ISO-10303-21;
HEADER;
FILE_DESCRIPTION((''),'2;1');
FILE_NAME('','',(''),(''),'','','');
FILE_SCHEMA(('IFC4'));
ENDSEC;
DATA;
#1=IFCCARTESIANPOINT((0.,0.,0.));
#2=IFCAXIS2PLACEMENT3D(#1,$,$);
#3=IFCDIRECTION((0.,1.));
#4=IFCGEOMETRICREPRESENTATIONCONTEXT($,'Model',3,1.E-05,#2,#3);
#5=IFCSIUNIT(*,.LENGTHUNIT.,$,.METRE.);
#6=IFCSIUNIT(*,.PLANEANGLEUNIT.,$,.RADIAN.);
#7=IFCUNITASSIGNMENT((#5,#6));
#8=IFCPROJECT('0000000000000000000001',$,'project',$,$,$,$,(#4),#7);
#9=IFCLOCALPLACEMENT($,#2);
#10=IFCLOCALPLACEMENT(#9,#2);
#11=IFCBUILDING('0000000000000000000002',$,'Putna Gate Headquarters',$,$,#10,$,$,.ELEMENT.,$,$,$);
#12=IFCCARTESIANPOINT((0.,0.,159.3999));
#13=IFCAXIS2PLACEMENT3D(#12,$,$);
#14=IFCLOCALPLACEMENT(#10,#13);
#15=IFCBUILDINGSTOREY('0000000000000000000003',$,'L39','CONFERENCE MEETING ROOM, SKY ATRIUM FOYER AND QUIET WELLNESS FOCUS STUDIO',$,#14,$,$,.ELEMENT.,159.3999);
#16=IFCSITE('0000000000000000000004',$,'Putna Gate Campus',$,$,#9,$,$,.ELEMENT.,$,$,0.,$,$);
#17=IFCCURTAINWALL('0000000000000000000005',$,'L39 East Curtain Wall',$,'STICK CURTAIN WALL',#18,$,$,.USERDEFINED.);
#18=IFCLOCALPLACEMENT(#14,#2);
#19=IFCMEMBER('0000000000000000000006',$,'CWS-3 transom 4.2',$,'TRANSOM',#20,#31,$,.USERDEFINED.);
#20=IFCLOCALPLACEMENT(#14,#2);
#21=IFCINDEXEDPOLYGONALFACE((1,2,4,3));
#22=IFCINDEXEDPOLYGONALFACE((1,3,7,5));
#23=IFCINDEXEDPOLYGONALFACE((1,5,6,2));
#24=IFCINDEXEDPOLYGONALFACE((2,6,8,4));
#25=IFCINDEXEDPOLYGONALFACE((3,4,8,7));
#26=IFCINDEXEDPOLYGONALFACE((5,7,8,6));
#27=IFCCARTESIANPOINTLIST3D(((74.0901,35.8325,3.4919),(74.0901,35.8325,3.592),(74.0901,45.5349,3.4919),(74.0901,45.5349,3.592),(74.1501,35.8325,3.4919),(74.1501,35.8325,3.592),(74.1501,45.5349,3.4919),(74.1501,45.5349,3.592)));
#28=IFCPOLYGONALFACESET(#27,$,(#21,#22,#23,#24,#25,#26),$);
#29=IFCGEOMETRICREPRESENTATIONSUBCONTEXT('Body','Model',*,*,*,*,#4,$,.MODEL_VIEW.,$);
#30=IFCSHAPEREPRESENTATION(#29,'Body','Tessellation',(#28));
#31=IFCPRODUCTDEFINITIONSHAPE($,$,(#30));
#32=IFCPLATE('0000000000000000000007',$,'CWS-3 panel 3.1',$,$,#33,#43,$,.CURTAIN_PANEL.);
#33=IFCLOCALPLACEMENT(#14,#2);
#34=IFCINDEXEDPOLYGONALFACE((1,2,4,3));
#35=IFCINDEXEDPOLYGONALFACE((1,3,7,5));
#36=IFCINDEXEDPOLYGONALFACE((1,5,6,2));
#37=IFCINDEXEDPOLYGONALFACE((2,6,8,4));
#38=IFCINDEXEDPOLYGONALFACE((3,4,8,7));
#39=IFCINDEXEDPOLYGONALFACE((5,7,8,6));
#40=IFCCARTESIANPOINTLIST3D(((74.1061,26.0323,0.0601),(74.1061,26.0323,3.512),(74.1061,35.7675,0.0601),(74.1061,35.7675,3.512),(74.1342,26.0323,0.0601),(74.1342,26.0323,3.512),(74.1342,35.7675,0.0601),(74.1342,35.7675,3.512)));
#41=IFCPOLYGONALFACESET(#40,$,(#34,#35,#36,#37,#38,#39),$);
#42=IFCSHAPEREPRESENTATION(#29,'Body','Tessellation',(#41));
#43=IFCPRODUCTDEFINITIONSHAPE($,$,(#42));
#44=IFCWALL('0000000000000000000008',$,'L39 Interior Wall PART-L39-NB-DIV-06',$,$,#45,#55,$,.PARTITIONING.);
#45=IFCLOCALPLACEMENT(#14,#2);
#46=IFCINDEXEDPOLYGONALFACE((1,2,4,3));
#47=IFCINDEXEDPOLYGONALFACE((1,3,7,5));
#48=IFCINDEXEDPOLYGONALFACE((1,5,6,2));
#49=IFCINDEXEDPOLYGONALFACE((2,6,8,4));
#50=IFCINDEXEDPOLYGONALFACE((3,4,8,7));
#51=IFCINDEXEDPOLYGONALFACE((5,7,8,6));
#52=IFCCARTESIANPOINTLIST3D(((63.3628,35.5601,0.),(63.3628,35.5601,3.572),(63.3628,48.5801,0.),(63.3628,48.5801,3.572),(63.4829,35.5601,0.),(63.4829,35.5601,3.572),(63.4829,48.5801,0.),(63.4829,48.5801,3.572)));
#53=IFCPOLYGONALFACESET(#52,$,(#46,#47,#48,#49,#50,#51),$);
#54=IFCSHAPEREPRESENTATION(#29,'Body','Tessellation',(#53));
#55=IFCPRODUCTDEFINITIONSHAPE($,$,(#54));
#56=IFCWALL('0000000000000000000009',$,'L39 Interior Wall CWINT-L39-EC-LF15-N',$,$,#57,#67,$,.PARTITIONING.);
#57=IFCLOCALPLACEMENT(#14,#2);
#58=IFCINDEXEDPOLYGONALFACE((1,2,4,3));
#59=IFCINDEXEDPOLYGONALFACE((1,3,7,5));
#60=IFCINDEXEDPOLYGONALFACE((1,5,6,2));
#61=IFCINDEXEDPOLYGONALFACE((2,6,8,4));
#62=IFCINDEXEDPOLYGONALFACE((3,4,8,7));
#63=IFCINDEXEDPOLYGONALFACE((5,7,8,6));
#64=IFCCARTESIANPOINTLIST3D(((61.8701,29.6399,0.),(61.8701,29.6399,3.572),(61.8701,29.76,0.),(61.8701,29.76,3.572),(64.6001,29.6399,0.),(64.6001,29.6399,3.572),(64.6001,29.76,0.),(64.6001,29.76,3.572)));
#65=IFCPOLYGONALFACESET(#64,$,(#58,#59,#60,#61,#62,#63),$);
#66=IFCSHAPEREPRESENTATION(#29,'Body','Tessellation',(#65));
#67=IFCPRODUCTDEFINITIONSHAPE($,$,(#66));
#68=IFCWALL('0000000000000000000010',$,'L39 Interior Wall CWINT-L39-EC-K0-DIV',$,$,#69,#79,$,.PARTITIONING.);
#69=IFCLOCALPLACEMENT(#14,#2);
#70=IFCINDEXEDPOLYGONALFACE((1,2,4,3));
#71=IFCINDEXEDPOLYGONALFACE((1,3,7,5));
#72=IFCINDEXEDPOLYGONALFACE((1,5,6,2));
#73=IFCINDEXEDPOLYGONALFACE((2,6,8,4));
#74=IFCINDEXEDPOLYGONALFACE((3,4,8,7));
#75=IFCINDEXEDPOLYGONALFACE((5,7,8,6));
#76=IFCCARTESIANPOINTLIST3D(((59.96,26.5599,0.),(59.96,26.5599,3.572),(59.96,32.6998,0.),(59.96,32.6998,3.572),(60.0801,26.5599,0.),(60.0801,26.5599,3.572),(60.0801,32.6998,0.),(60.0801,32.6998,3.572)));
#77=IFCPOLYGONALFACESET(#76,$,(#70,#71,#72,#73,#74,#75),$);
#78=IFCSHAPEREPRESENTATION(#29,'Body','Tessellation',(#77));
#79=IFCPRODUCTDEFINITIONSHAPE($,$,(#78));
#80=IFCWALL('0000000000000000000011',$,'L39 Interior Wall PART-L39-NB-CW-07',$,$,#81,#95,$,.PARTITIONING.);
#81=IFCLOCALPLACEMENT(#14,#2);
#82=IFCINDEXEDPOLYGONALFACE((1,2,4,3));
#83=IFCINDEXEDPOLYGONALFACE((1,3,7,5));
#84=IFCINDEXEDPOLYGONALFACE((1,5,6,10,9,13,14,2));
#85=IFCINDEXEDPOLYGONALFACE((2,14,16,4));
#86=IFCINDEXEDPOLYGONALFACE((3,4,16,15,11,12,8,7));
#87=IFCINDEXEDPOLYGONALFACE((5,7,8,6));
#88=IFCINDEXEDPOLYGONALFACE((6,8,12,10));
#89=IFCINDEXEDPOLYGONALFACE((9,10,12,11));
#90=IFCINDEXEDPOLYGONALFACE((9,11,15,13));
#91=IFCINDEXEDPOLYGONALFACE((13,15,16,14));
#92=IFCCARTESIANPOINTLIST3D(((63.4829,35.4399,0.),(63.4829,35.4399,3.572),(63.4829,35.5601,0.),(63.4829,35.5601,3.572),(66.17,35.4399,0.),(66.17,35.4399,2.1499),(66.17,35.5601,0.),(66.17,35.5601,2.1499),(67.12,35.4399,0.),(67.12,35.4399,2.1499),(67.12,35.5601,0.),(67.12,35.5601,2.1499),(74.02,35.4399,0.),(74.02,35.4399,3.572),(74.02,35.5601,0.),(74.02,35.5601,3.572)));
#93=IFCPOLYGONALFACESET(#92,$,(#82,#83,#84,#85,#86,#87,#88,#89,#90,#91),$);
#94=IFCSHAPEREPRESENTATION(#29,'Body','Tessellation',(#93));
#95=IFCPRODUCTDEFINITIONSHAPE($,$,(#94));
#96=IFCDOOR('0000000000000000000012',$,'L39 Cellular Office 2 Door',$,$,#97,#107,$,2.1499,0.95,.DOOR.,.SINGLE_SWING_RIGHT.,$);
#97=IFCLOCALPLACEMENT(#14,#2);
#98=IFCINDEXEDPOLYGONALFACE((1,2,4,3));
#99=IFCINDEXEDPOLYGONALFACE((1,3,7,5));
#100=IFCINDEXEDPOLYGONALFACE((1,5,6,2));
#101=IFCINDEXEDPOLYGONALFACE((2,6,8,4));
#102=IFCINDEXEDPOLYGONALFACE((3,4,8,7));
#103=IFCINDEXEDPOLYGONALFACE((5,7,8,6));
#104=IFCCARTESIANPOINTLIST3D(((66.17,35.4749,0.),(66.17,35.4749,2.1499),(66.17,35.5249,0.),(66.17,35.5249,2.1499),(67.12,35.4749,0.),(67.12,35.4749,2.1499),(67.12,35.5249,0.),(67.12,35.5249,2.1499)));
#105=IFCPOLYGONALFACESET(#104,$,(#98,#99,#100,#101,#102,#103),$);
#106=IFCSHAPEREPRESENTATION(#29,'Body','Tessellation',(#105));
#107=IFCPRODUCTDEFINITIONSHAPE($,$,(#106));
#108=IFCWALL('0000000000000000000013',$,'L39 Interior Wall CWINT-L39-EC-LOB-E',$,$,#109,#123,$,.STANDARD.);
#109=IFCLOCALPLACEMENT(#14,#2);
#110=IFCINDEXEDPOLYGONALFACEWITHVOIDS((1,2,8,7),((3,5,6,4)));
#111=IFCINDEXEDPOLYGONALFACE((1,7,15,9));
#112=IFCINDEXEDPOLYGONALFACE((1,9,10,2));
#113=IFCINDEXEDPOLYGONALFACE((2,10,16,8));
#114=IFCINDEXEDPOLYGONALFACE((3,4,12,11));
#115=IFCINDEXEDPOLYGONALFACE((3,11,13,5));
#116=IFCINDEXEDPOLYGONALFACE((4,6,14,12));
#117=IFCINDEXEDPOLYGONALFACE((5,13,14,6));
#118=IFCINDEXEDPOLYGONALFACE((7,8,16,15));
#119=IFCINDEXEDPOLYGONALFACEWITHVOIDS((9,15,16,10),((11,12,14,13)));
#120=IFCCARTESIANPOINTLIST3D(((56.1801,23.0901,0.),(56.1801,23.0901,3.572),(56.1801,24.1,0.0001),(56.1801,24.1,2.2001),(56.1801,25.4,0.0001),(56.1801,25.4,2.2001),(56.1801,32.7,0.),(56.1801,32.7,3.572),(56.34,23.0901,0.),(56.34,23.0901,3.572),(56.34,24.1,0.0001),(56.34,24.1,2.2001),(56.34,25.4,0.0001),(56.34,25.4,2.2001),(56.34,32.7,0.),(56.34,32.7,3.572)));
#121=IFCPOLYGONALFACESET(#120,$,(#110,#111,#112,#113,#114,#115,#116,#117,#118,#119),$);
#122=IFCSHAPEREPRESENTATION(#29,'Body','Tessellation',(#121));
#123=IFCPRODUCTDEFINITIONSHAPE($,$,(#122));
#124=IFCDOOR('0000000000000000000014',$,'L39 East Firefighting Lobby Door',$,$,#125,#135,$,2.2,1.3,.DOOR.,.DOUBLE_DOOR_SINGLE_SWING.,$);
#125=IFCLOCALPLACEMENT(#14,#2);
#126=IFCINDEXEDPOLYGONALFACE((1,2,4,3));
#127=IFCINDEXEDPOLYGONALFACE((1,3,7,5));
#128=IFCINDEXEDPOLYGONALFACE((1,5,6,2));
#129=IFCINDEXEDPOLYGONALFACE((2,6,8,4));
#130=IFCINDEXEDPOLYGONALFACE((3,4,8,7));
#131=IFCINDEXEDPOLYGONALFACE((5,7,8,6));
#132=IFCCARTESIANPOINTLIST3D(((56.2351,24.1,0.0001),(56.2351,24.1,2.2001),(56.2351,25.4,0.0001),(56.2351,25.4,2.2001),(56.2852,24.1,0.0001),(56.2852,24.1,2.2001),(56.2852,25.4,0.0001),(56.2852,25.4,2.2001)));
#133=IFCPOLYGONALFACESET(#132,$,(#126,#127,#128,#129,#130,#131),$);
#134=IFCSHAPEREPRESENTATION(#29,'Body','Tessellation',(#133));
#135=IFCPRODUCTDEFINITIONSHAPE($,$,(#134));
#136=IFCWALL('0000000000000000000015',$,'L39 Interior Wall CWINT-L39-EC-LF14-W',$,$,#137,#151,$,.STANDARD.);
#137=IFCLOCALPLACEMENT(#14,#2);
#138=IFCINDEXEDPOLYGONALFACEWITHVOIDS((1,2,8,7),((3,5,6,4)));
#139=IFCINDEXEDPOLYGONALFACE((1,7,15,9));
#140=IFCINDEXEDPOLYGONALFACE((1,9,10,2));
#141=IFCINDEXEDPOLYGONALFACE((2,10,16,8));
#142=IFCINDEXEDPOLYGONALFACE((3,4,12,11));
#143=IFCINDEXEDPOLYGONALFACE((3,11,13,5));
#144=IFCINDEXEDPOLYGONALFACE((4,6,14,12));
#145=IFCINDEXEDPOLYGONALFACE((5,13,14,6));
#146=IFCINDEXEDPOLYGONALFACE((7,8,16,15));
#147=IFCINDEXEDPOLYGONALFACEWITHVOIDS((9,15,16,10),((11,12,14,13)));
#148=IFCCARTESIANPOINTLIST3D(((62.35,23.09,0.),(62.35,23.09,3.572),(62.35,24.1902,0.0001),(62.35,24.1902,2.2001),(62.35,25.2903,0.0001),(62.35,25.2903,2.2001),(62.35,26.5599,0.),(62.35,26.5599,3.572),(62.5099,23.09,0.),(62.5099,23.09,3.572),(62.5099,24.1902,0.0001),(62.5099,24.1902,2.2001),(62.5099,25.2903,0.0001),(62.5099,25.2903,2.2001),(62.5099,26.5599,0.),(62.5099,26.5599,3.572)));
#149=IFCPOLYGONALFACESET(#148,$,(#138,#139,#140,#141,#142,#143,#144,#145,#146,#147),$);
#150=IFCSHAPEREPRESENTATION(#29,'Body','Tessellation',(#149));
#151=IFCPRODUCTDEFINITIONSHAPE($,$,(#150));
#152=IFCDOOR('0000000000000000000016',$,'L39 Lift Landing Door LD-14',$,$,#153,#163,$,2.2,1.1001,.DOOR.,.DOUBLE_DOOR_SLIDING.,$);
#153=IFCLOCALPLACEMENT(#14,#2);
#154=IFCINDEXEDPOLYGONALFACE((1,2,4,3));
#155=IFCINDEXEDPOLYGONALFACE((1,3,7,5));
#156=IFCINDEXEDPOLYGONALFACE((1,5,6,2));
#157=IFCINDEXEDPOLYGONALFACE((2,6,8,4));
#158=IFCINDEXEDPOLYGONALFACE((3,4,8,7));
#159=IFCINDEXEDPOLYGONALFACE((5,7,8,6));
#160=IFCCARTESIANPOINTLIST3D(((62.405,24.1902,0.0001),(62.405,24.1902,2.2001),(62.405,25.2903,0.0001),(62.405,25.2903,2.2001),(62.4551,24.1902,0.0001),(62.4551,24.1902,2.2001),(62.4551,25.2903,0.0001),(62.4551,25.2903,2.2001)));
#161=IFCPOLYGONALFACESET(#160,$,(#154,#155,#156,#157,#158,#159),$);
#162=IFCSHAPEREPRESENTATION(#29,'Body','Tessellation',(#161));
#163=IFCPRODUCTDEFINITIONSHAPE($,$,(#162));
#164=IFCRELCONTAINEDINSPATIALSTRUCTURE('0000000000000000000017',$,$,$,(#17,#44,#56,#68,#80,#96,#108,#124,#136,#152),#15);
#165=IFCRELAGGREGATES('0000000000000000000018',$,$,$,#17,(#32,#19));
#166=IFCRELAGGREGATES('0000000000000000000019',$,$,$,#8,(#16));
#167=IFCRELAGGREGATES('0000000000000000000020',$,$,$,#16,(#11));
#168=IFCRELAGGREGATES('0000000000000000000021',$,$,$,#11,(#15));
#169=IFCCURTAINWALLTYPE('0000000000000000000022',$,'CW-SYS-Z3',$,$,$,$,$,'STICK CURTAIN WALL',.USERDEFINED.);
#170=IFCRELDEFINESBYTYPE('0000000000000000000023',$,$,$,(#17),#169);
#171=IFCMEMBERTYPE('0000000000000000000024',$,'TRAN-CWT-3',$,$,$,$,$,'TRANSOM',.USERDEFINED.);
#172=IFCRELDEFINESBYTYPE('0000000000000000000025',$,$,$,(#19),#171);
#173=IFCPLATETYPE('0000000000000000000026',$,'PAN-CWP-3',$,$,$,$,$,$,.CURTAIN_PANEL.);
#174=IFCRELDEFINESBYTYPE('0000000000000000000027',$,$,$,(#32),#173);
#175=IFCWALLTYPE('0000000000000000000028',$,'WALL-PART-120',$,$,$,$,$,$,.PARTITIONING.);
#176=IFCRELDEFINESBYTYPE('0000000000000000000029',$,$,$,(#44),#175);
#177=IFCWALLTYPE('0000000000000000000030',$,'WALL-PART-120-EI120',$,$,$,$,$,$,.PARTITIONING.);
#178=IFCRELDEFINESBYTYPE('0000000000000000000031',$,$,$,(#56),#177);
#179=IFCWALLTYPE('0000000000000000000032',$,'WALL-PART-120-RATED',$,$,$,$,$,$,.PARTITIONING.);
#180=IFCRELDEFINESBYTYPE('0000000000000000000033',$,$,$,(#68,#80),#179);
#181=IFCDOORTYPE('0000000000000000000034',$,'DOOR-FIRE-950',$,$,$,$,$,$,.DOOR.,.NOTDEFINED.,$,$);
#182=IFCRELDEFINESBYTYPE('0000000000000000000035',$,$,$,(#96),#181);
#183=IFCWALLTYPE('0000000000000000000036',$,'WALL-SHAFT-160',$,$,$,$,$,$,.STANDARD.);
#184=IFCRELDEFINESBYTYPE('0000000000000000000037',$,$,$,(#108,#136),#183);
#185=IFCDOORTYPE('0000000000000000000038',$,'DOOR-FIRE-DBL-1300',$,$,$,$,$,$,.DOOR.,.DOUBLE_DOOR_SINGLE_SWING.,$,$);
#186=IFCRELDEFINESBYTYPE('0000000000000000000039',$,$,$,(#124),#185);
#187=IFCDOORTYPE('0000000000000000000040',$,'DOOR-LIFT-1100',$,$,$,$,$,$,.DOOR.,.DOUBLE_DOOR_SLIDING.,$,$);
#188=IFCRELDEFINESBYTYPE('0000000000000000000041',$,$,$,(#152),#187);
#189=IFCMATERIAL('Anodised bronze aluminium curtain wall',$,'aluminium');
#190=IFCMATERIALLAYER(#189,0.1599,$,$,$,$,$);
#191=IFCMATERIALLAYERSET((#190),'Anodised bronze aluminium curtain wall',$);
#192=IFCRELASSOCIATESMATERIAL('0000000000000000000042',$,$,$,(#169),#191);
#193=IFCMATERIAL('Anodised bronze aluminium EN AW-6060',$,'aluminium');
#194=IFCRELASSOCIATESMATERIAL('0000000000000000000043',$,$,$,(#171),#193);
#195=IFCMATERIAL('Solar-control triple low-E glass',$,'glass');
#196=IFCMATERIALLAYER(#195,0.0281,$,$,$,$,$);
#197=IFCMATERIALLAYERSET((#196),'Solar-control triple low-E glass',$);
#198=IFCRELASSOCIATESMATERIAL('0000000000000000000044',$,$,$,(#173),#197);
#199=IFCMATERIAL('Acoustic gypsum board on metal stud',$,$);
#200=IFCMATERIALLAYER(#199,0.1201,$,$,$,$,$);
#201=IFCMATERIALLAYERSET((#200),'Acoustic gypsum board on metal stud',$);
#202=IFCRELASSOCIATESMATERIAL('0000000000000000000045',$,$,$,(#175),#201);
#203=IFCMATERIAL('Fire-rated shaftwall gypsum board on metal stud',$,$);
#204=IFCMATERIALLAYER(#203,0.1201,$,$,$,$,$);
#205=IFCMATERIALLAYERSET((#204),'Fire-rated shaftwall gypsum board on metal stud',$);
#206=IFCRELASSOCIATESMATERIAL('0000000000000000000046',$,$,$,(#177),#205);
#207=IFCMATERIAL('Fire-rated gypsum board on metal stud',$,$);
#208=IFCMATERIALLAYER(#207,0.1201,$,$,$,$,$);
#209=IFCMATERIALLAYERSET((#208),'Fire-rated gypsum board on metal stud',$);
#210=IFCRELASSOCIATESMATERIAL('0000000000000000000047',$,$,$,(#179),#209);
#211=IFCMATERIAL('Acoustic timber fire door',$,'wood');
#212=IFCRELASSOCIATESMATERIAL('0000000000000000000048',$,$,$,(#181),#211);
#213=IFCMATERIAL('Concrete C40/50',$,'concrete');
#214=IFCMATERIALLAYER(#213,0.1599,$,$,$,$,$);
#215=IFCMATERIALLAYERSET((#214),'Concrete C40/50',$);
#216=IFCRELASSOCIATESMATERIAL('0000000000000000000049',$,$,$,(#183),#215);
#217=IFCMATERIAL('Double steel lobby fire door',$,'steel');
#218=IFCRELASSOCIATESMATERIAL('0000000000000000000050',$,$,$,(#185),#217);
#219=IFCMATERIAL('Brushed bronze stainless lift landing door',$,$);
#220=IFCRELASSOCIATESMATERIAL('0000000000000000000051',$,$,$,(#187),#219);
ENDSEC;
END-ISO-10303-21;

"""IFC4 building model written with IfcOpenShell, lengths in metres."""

from ifc_helpers import new_model, si_unit, direction, frame, frame_2d, origin, origin_2d, place, context, subcontext, project, spatial, rectangle, extrude, material, layer, layer_set, material_profile, profile_set, type_object, element, fill, aggregate, save


model = new_model("IFC4")

# Units and contexts
model_context = context("Model", 3, precision=1e-05, world=origin(), true_north=direction((0.0, 1.0)))
body_context = subcontext(model_context, "Body", "Model", "MODEL_VIEW")
ifc_project = project(units=[si_unit("LENGTHUNIT", "METRE"), si_unit("PLANEANGLEUNIT", "RADIAN")], contexts=[model_context])

# Site, building, storey
site_placement = place(None, origin())
site = spatial("IfcSite", under=ifc_project, at=site_placement, Name="Putna Gate Campus", CompositionType="ELEMENT", RefElevation=0.0)
building_placement = place(site_placement, origin())
building = spatial("IfcBuilding", under=site, at=building_placement, Name="Putna Gate Headquarters", CompositionType="ELEMENT")
storey_placement = place(building_placement, frame((0.0, 0.0, 159.3999)))
storey = spatial("IfcBuildingStorey", under=building, at=storey_placement, Name="L39", Description="CONFERENCE MEETING ROOM, SKY ATRIUM FOYER AND QUIET WELLNESS FOCUS STUDIO", CompositionType="ELEMENT", Elevation=159.3999)

# Curtain wall, member, plate
ifc_material_1 = material(Name="Anodised bronze aluminium curtain wall", Category="aluminium")
ifc_layer_1 = layer(ifc_material_1, 0.1599)
ifc_layer_set_1 = layer_set([ifc_layer_1], Name="Anodised bronze aluminium curtain wall")
curtain_wall_type = type_object("IfcCurtainWallType", Name="CW-SYS-Z3", ElementType="STICK CURTAIN WALL", PredefinedType="USERDEFINED", material=ifc_layer_set_1)
curtain_wall_placement = place(storey_placement, origin())
curtain_wall = element("IfcCurtainWall", 1, at=curtain_wall_placement, inside=storey, type_object=curtain_wall_type, Name="L39 East Curtain Wall", ObjectType="STICK CURTAIN WALL", PredefinedType="USERDEFINED")
ifc_material_2 = material(Name="Anodised bronze aluminium EN AW-6060", Category="aluminium")
ifc_material_profile_1 = material_profile(ifc_material_2, rectangle(XDim=0.0601, YDim=0.1001, at=origin_2d()), Name="Anodised bronze aluminium EN AW-6060")
ifc_profile_set_1 = profile_set([ifc_material_profile_1], Name="Anodised bronze aluminium EN AW-6060")
member_type_1 = type_object("IfcMemberType", Name="TRAN-CWT-3", ElementType="TRANSOM", PredefinedType="USERDEFINED", material=ifc_profile_set_1)
member_1_placement = place(storey_placement, frame((74.1201, 35.8325, 3.542), z_axis=(0.0, 1.0, 0.0), x_axis=(-1.0, 0.0, 0.0)))
member_1 = element("IfcMember", 2, at=member_1_placement, type_object=member_type_1, Name="CWS-3 transom 4.2", ObjectType="TRANSOM", PredefinedType="USERDEFINED", context=body_context, shape_type="SweptSolid", body=[
    extrude(rectangle(XDim=0.0601, YDim=0.1001, at=origin_2d()), origin(), (0.0, 0.0, 1.0), 9.7024),
])
ifc_material_3 = material(Name="Solar-control triple low-E glass", Category="glass")
ifc_layer_2 = layer(ifc_material_3, 0.0281)
ifc_layer_set_2 = layer_set([ifc_layer_2], Name="Solar-control triple low-E glass")
plate_type = type_object("IfcPlateType", Name="PAN-CWP-3", PredefinedType="CURTAIN_PANEL", material=ifc_layer_set_2)
plate_placement = place(storey_placement, frame((74.1201, 30.8999, 0.0601), z_axis=(0.0, 0.0, 1.0), x_axis=(0.0, 1.0, 0.0)))
plate = element("IfcPlate", 3, at=plate_placement, type_object=plate_type, Name="CWS-3 panel 3.1", PredefinedType="CURTAIN_PANEL", context=body_context, shape_type="SweptSolid", body=[
    extrude(rectangle(XDim=9.7351, YDim=0.0281, at=origin_2d()), origin(), (0.0, 0.0, 1.0), 3.4519),
])
aggregate(curtain_wall, [plate, member_1])

# Walls
ifc_material_4 = material(Name="Acoustic gypsum board on metal stud")
ifc_layer_3 = layer(ifc_material_4, 0.1201)
ifc_layer_set_3 = layer_set([ifc_layer_3], Name="Acoustic gypsum board on metal stud")
wall_type_1 = type_object("IfcWallType", Name="WALL-PART-120", PredefinedType="PARTITIONING", material=ifc_layer_set_3)
wall_1_placement = place(storey_placement, frame((63.4229, 35.5601, 0.0), z_axis=(0.0, 0.0, 1.0), x_axis=(0.0, 1.0, 0.0)))
element("IfcWall", 4, at=wall_1_placement, inside=storey, type_object=wall_type_1, Name="L39 Interior Wall PART-L39-NB-DIV-06", PredefinedType="PARTITIONING", context=body_context, shape_type="SweptSolid", body=[
    extrude(rectangle(XDim=13.02, YDim=0.1201, at=frame_2d((6.51, 0.0))), origin(), (0.0, 0.0, 1.0), 3.572),
])
ifc_material_5 = material(Name="Fire-rated shaftwall gypsum board on metal stud")
ifc_layer_4 = layer(ifc_material_5, 0.1201)
ifc_layer_set_4 = layer_set([ifc_layer_4], Name="Fire-rated shaftwall gypsum board on metal stud")
wall_type_2 = type_object("IfcWallType", Name="WALL-PART-120-EI120", PredefinedType="PARTITIONING", material=ifc_layer_set_4)
wall_2_placement = place(storey_placement, frame((61.8701, 29.7, 0.0), z_axis=(0.0, 0.0, 1.0), x_axis=(1.0, 0.0, 0.0)))
element("IfcWall", 5, at=wall_2_placement, inside=storey, type_object=wall_type_2, Name="L39 Interior Wall CWINT-L39-EC-LF15-N", PredefinedType="PARTITIONING", context=body_context, shape_type="SweptSolid", body=[
    extrude(rectangle(XDim=2.73, YDim=0.1201, at=frame_2d((1.365, 0.0))), origin(), (0.0, 0.0, 1.0), 3.572),
])
ifc_material_6 = material(Name="Fire-rated gypsum board on metal stud")
ifc_layer_5 = layer(ifc_material_6, 0.1201)
ifc_layer_set_5 = layer_set([ifc_layer_5], Name="Fire-rated gypsum board on metal stud")
wall_type_3 = type_object("IfcWallType", Name="WALL-PART-120-RATED", PredefinedType="PARTITIONING", material=ifc_layer_set_5)
wall_3_placement = place(storey_placement, frame((60.02, 26.5601, 0.0), z_axis=(0.0, 0.0, 1.0), x_axis=(0.0, 1.0, 0.0)))
element("IfcWall", 6, at=wall_3_placement, inside=storey, type_object=wall_type_3, Name="L39 Interior Wall CWINT-L39-EC-K0-DIV", PredefinedType="PARTITIONING", context=body_context, shape_type="SweptSolid", body=[
    extrude(rectangle(XDim=6.1399, YDim=0.1201, at=frame_2d((3.0698, 0.0))), origin(), (0.0, 0.0, 1.0), 3.572),
])

# Walls, openings, doors
wall_4_placement = place(storey_placement, frame((63.4829, 35.5, 0.0), z_axis=(0.0, 0.0, 1.0), x_axis=(1.0, 0.0, 0.0)))
wall_4 = element("IfcWall", 7, at=wall_4_placement, inside=storey, type_object=wall_type_3, Name="L39 Interior Wall PART-L39-NB-CW-07", PredefinedType="PARTITIONING", context=body_context, shape_type="SweptSolid", body=[
    extrude(rectangle(XDim=10.5371, YDim=0.1201, at=frame_2d((5.2686, 0.0))), origin(), (0.0, 0.0, 1.0), 3.572),
])
opening_1_placement = place(wall_4_placement, frame((2.687, 0.0, 0.0)))
opening_1 = element("IfcOpeningElement", 8, at=opening_1_placement, cuts=wall_4, PredefinedType="OPENING", context=body_context, shape_type="SweptSolid", body=[
    extrude(rectangle(XDim=0.95, YDim=2.1499, at=frame_2d((0.4751, 1.075))), frame((0.0, 0.0701, 0.0), z_axis=(0.0, -1.0, 0.0), x_axis=(1.0, 0.0, 0.0)), (0.0, 0.0, 1.0), 0.1401),
])
ifc_material_7 = material(Name="Acoustic timber fire door", Category="wood")
door_type_1 = type_object("IfcDoorType", Name="DOOR-FIRE-950", OperationType="NOTDEFINED", PredefinedType="DOOR", material=ifc_material_7)
door_1_placement = place(opening_1_placement, origin())
door_1 = element("IfcDoor", 9, at=door_1_placement, inside=storey, type_object=door_type_1, Name="L39 Cellular Office 2 Door", OperationType="SINGLE_SWING_RIGHT", OverallHeight=2.1499, OverallWidth=0.95, PredefinedType="DOOR", context=body_context, shape_type="SweptSolid", body=[
    extrude(rectangle(XDim=0.95, YDim=2.1499, at=frame_2d((0.4751, 1.075))), frame((0.0, 0.0249, 0.0), z_axis=(0.0, -1.0, 0.0), x_axis=(1.0, 0.0, 0.0)), (0.0, 0.0, 1.0), 0.05),
])
fill(opening_1, door_1)
ifc_material_8 = material(Name="Concrete C40/50", Category="concrete")
ifc_layer_6 = layer(ifc_material_8, 0.1599)
ifc_layer_set_6 = layer_set([ifc_layer_6], Name="Concrete C40/50")
wall_type_4 = type_object("IfcWallType", Name="WALL-SHAFT-160", PredefinedType="STANDARD", material=ifc_layer_set_6)
wall_5_placement = place(storey_placement, frame((56.26, 23.0901, 0.0), z_axis=(0.0, 0.0, 1.0), x_axis=(0.0, 1.0, 0.0)))
wall_5 = element("IfcWall", 10, at=wall_5_placement, inside=storey, type_object=wall_type_4, Name="L39 Interior Wall CWINT-L39-EC-LOB-E", PredefinedType="STANDARD", context=body_context, shape_type="SweptSolid", body=[
    extrude(rectangle(XDim=9.6099, YDim=0.1599, at=frame_2d((4.8049, 0.0))), origin(), (0.0, 0.0, 1.0), 3.572),
])
opening_2_placement = place(wall_5_placement, frame((1.01, 0.0, 0.0)))
opening_2 = element("IfcOpeningElement", 11, at=opening_2_placement, cuts=wall_5, PredefinedType="OPENING", context=body_context, shape_type="SweptSolid", body=[
    extrude(rectangle(XDim=1.3, YDim=2.2, at=frame_2d((0.6499, 1.1001))), frame((0.0, 0.0898, 0.0), z_axis=(0.0, -1.0, 0.0), x_axis=(1.0, 0.0, 0.0)), (0.0, 0.0, 1.0), 0.1799),
])
ifc_material_9 = material(Name="Double steel lobby fire door", Category="steel")
door_type_2 = type_object("IfcDoorType", Name="DOOR-FIRE-DBL-1300", OperationType="DOUBLE_DOOR_SINGLE_SWING", PredefinedType="DOOR", material=ifc_material_9)
door_2_placement = place(opening_2_placement, origin())
door_2 = element("IfcDoor", 12, at=door_2_placement, inside=storey, type_object=door_type_2, Name="L39 East Firefighting Lobby Door", OperationType="DOUBLE_DOOR_SINGLE_SWING", OverallHeight=2.2, OverallWidth=1.3, PredefinedType="DOOR", context=body_context, shape_type="SweptSolid", body=[
    extrude(rectangle(XDim=1.3, YDim=2.2, at=frame_2d((0.6499, 1.1001))), frame((0.0, 0.0249, 0.0), z_axis=(0.0, -1.0, 0.0), x_axis=(1.0, 0.0, 0.0)), (0.0, 0.0, 1.0), 0.05),
])
fill(opening_2, door_2)
wall_6_placement = place(storey_placement, frame((62.4299, 23.0901, 0.0), z_axis=(0.0, 0.0, 1.0), x_axis=(0.0, 1.0, 0.0)))
wall_6 = element("IfcWall", 13, at=wall_6_placement, inside=storey, type_object=wall_type_4, Name="L39 Interior Wall CWINT-L39-EC-LF14-W", PredefinedType="STANDARD", context=body_context, shape_type="SweptSolid", body=[
    extrude(rectangle(XDim=3.47, YDim=0.1599, at=frame_2d((1.7349, 0.0))), origin(), (0.0, 0.0, 1.0), 3.572),
])
opening_3_placement = place(wall_6_placement, frame((1.1001, 0.0, 0.0)))
opening_3 = element("IfcOpeningElement", 14, at=opening_3_placement, cuts=wall_6, PredefinedType="OPENING", context=body_context, shape_type="SweptSolid", body=[
    extrude(rectangle(XDim=1.1001, YDim=2.2, at=frame_2d((0.55, 1.1001))), frame((0.0, 0.0898, 0.0), z_axis=(0.0, -1.0, 0.0), x_axis=(1.0, 0.0, 0.0)), (0.0, 0.0, 1.0), 0.1799),
])
ifc_material_10 = material(Name="Brushed bronze stainless lift landing door")
door_type_3 = type_object("IfcDoorType", Name="DOOR-LIFT-1100", OperationType="DOUBLE_DOOR_SLIDING", PredefinedType="DOOR", material=ifc_material_10)
door_3_placement = place(opening_3_placement, origin())
door_3 = element("IfcDoor", 15, at=door_3_placement, inside=storey, type_object=door_type_3, Name="L39 Lift Landing Door LD-14", OperationType="DOUBLE_DOOR_SLIDING", OverallHeight=2.2, OverallWidth=1.1001, PredefinedType="DOOR", context=body_context, shape_type="SweptSolid", body=[
    extrude(rectangle(XDim=1.1001, YDim=2.2, at=frame_2d((0.55, 1.1001))), frame((0.0, 0.0249, 0.0), z_axis=(0.0, -1.0, 0.0), x_axis=(1.0, 0.0, 0.0)), (0.0, 0.0, 1.0), 0.05),
])
fill(opening_3, door_3)

save(model, "model.ifc")
